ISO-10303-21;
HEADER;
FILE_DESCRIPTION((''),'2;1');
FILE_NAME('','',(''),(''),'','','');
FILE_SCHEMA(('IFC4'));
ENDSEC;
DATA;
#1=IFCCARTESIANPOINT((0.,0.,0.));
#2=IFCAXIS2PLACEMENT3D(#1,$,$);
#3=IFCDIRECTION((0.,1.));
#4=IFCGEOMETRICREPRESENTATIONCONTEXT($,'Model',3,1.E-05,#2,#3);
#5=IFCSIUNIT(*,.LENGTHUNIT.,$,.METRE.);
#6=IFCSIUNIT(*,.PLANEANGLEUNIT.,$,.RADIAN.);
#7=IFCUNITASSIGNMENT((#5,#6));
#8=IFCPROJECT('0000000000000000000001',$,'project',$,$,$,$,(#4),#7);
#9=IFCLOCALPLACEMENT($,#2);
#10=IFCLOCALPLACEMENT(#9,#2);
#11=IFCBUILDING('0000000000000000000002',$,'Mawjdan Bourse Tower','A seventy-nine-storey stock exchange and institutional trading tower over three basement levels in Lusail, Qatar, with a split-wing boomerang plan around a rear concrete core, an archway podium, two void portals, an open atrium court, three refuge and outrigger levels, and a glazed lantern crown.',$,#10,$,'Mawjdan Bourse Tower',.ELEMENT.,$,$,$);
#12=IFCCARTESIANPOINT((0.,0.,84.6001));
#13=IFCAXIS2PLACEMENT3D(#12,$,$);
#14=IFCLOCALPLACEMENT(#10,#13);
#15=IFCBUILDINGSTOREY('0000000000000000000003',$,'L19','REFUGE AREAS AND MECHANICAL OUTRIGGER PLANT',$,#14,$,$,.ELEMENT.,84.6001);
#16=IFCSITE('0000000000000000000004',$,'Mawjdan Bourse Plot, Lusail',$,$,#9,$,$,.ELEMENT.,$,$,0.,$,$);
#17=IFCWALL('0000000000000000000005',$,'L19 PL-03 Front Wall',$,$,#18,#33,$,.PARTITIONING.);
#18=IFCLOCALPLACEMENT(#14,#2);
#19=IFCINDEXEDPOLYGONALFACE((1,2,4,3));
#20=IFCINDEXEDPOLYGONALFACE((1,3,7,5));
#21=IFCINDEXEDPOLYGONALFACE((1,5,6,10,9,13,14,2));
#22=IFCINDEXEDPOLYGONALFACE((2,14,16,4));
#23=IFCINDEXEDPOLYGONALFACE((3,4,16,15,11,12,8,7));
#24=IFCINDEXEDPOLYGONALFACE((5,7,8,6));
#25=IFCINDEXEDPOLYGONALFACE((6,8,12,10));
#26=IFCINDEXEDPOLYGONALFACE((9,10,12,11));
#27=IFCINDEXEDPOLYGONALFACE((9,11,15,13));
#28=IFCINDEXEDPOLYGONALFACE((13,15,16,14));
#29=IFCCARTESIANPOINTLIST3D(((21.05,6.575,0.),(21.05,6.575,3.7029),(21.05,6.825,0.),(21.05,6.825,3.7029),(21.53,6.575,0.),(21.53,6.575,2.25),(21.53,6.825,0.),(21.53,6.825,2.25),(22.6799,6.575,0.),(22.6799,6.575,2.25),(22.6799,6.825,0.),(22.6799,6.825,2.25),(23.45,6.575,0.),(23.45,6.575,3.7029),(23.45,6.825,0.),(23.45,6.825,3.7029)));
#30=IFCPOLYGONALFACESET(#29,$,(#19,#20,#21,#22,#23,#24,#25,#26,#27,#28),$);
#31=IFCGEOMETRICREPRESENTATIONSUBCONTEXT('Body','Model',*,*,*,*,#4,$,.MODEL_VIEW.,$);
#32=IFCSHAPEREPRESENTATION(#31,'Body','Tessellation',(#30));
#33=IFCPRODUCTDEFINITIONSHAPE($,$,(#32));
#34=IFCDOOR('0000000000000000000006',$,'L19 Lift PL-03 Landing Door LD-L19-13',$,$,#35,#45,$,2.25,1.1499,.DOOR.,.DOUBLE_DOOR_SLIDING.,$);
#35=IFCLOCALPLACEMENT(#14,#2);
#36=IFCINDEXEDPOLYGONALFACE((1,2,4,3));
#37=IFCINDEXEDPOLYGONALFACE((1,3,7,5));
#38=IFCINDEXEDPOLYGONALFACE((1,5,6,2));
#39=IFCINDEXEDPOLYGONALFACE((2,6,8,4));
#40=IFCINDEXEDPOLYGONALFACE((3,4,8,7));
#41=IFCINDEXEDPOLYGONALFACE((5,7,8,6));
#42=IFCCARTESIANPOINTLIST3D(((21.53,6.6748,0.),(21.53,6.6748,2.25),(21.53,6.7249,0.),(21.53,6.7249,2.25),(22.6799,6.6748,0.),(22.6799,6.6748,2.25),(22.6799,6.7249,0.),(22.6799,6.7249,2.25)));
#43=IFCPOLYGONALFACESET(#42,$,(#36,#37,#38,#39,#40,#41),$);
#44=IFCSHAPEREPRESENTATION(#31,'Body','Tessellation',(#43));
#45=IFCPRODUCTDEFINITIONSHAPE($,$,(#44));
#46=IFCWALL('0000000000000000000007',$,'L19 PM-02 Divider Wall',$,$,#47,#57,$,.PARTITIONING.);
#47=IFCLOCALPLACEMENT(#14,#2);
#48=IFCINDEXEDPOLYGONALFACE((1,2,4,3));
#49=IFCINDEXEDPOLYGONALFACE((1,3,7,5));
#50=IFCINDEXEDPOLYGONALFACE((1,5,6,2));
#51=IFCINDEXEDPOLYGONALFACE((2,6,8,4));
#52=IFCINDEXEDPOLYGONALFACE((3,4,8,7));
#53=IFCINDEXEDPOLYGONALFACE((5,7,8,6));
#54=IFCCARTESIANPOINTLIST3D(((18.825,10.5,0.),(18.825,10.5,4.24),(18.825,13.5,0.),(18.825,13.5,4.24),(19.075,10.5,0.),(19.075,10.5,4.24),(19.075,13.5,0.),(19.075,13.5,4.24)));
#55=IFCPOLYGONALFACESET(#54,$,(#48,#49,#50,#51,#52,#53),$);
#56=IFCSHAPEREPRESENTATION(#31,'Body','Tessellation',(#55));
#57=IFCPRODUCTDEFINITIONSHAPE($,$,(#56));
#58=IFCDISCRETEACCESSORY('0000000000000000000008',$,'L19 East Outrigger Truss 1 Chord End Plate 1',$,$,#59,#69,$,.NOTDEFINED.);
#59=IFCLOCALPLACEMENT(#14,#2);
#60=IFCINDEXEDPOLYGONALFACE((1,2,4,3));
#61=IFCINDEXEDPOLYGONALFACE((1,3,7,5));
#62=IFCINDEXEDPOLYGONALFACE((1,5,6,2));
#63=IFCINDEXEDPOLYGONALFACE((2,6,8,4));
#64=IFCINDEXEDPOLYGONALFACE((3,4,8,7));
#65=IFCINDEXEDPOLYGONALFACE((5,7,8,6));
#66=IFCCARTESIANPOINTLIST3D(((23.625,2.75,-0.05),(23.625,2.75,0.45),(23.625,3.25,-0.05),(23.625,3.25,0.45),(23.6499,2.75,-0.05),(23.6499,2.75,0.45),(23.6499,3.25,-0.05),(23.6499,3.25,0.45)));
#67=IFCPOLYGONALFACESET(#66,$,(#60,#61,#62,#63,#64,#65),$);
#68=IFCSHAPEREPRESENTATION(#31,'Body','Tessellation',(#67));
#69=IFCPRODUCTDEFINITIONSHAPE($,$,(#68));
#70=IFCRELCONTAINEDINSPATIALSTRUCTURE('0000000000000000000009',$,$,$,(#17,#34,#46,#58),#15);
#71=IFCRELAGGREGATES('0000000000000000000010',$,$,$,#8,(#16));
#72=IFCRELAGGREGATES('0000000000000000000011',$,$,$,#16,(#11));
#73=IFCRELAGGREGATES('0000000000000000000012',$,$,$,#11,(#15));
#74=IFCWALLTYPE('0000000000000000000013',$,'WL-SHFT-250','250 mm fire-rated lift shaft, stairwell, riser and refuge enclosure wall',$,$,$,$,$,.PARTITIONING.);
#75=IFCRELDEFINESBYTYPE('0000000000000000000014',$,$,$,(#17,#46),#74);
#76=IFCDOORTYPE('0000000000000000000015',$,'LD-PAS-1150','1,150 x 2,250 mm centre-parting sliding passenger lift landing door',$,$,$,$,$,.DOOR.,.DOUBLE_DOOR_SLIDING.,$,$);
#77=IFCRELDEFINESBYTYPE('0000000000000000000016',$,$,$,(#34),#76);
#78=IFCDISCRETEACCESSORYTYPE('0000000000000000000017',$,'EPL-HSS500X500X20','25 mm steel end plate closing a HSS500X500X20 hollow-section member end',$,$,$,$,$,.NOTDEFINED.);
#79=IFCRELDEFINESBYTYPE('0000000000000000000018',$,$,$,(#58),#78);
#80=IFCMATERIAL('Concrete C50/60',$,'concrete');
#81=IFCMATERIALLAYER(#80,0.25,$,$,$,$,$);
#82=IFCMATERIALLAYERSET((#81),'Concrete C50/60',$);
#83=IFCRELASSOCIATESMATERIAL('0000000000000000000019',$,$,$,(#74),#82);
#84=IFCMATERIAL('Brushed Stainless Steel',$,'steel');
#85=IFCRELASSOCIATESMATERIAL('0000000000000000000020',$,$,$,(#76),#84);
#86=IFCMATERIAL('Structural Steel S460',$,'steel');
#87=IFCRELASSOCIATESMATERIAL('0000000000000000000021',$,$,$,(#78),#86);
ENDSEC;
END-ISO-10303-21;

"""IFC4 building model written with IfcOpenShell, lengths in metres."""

from ifc_helpers import new_model, si_unit, direction, frame, frame_2d, origin, origin_2d, place, context, subcontext, project, spatial, rectangle, extrude, material, layer, layer_set, material_profile, profile_set, type_object, element, fill, save


model = new_model("IFC4")

# Units and contexts
model_context = context("Model", 3, precision=1e-05, world=origin(), true_north=direction((0.0, 1.0)))
body_context = subcontext(model_context, "Body", "Model", "MODEL_VIEW")
ifc_project = project(units=[si_unit("LENGTHUNIT", "METRE"), si_unit("PLANEANGLEUNIT", "RADIAN")], contexts=[model_context])

# Site, building, storey
site_placement = place(None, origin())
site = spatial("IfcSite", under=ifc_project, at=site_placement, Name="Mawjdan Bourse Plot, Lusail", CompositionType="ELEMENT", RefElevation=0.0)
building_placement = place(site_placement, origin())
building = spatial("IfcBuilding", under=site, at=building_placement, Name="Mawjdan Bourse Tower", Description="A seventy-nine-storey stock exchange and institutional trading tower over three basement levels in Lusail, Qatar, with a split-wing boomerang plan around a rear concrete core, an archway podium, two void portals, an open atrium court, three refuge and outrigger levels, and a glazed lantern crown.", LongName="Mawjdan Bourse Tower", CompositionType="ELEMENT")
storey_placement = place(building_placement, frame((0.0, 0.0, 84.6001)))
storey = spatial("IfcBuildingStorey", under=building, at=storey_placement, Name="L19", Description="REFUGE AREAS AND MECHANICAL OUTRIGGER PLANT", CompositionType="ELEMENT", Elevation=84.6001)

# Shared definitions
ifc_material_1 = material(Name="Structural Steel S460", Category="steel")

# Shared definitions
ifc_material_2 = material(Name="Concrete C50/60", Category="concrete")
ifc_layer_1 = layer(ifc_material_2, 0.25)
ifc_layer_set_1 = layer_set([ifc_layer_1], Name="Concrete C50/60")
wall_type_1 = type_object("IfcWallType", Name="WL-SHFT-250", Description="250 mm fire-rated lift shaft, stairwell, riser and refuge enclosure wall", PredefinedType="PARTITIONING", material=ifc_layer_set_1)

# Shared definitions
ifc_material_3 = material(Name="Brushed Stainless Steel", Category="steel")
door_type = type_object("IfcDoorType", Name="LD-PAS-1150", Description="1,150 x 2,250 mm centre-parting sliding passenger lift landing door", OperationType="DOUBLE_DOOR_SLIDING", PredefinedType="DOOR", material=ifc_material_3)

# Wall, opening, door
wall_1_placement = place(storey_placement, frame((21.05, 6.7, 0.0), z_axis=(0.0, 0.0, 1.0), x_axis=(1.0, 0.0, 0.0)))
wall_1 = element("IfcWall", 1, at=wall_1_placement, inside=storey, type_object=wall_type_1, Name="L19 PL-03 Front Wall", PredefinedType="PARTITIONING", context=body_context, shape_type="SweptSolid", body=[
    extrude(rectangle(XDim=2.3999, YDim=0.25, at=frame_2d((1.2, 0.0))), origin(), (0.0, 0.0, 1.0), 3.7029),
])
opening_1_placement = place(wall_1_placement, frame((0.48, 0.0, 0.0)))
opening_1 = element("IfcOpeningElement", 2, at=opening_1_placement, cuts=wall_1, PredefinedType="OPENING", context=body_context, shape_type="SweptSolid", body=[
    extrude(rectangle(XDim=1.1499, YDim=2.25, at=frame_2d((0.575, 1.125))), frame((0.0, 0.135, 0.0), z_axis=(0.0, -1.0, 0.0), x_axis=(1.0, 0.0, 0.0)), (0.0, 0.0, 1.0), 0.27),
])
door_1_placement = place(opening_1_placement, origin())
door_1 = element("IfcDoor", 3, at=door_1_placement, inside=storey, type_object=door_type, Name="L19 Lift PL-03 Landing Door LD-L19-13", OperationType="DOUBLE_DOOR_SLIDING", OverallHeight=2.25, OverallWidth=1.1499, PredefinedType="DOOR", context=body_context, shape_type="SweptSolid", body=[
    extrude(rectangle(XDim=1.1499, YDim=2.25, at=frame_2d((0.575, 1.125))), frame((0.0, 0.0249, 0.0), z_axis=(0.0, -1.0, 0.0), x_axis=(1.0, 0.0, 0.0)), (0.0, 0.0, 1.0), 0.05),
])
fill(opening_1, door_1)

# Wall
wall_2_placement = place(storey_placement, frame((18.95, 10.5, 0.0), z_axis=(0.0, 0.0, 1.0), x_axis=(0.0, 1.0, 0.0)))
element("IfcWall", 4, at=wall_2_placement, inside=storey, type_object=wall_type_1, Name="L19 PM-02 Divider Wall", PredefinedType="PARTITIONING", context=body_context, shape_type="SweptSolid", body=[
    extrude(rectangle(XDim=3.0, YDim=0.25, at=frame_2d((1.5, 0.0))), origin(), (0.0, 0.0, 1.0), 4.24),
])

# Discrete accessory
ifc_material_profile_1 = material_profile(ifc_material_1, rectangle(XDim=0.5, YDim=0.5, at=origin_2d()), Name="EPL-HSS500X500X20")
ifc_profile_set_1 = profile_set([ifc_material_profile_1], Name="Structural Steel S460")
discrete_accessory_type = type_object("IfcDiscreteAccessoryType", Name="EPL-HSS500X500X20", Description="25 mm steel end plate closing a HSS500X500X20 hollow-section member end", PredefinedType="NOTDEFINED", material=ifc_profile_set_1)
discrete_accessory_placement = place(storey_placement, frame((23.6499, 3.0, 0.2), z_axis=(-1.0, 0.0, 0.0), x_axis=(0.0, -1.0, 0.0)))
element("IfcDiscreteAccessory", 5, at=discrete_accessory_placement, inside=storey, type_object=discrete_accessory_type, Name="L19 East Outrigger Truss 1 Chord End Plate 1", PredefinedType="NOTDEFINED", context=body_context, shape_type="SweptSolid", body=[
    extrude(rectangle(XDim=0.5, YDim=0.5, at=origin_2d()), origin(), (0.0, 0.0, 1.0), 0.0249),
])

save(model, "model.ifc")
